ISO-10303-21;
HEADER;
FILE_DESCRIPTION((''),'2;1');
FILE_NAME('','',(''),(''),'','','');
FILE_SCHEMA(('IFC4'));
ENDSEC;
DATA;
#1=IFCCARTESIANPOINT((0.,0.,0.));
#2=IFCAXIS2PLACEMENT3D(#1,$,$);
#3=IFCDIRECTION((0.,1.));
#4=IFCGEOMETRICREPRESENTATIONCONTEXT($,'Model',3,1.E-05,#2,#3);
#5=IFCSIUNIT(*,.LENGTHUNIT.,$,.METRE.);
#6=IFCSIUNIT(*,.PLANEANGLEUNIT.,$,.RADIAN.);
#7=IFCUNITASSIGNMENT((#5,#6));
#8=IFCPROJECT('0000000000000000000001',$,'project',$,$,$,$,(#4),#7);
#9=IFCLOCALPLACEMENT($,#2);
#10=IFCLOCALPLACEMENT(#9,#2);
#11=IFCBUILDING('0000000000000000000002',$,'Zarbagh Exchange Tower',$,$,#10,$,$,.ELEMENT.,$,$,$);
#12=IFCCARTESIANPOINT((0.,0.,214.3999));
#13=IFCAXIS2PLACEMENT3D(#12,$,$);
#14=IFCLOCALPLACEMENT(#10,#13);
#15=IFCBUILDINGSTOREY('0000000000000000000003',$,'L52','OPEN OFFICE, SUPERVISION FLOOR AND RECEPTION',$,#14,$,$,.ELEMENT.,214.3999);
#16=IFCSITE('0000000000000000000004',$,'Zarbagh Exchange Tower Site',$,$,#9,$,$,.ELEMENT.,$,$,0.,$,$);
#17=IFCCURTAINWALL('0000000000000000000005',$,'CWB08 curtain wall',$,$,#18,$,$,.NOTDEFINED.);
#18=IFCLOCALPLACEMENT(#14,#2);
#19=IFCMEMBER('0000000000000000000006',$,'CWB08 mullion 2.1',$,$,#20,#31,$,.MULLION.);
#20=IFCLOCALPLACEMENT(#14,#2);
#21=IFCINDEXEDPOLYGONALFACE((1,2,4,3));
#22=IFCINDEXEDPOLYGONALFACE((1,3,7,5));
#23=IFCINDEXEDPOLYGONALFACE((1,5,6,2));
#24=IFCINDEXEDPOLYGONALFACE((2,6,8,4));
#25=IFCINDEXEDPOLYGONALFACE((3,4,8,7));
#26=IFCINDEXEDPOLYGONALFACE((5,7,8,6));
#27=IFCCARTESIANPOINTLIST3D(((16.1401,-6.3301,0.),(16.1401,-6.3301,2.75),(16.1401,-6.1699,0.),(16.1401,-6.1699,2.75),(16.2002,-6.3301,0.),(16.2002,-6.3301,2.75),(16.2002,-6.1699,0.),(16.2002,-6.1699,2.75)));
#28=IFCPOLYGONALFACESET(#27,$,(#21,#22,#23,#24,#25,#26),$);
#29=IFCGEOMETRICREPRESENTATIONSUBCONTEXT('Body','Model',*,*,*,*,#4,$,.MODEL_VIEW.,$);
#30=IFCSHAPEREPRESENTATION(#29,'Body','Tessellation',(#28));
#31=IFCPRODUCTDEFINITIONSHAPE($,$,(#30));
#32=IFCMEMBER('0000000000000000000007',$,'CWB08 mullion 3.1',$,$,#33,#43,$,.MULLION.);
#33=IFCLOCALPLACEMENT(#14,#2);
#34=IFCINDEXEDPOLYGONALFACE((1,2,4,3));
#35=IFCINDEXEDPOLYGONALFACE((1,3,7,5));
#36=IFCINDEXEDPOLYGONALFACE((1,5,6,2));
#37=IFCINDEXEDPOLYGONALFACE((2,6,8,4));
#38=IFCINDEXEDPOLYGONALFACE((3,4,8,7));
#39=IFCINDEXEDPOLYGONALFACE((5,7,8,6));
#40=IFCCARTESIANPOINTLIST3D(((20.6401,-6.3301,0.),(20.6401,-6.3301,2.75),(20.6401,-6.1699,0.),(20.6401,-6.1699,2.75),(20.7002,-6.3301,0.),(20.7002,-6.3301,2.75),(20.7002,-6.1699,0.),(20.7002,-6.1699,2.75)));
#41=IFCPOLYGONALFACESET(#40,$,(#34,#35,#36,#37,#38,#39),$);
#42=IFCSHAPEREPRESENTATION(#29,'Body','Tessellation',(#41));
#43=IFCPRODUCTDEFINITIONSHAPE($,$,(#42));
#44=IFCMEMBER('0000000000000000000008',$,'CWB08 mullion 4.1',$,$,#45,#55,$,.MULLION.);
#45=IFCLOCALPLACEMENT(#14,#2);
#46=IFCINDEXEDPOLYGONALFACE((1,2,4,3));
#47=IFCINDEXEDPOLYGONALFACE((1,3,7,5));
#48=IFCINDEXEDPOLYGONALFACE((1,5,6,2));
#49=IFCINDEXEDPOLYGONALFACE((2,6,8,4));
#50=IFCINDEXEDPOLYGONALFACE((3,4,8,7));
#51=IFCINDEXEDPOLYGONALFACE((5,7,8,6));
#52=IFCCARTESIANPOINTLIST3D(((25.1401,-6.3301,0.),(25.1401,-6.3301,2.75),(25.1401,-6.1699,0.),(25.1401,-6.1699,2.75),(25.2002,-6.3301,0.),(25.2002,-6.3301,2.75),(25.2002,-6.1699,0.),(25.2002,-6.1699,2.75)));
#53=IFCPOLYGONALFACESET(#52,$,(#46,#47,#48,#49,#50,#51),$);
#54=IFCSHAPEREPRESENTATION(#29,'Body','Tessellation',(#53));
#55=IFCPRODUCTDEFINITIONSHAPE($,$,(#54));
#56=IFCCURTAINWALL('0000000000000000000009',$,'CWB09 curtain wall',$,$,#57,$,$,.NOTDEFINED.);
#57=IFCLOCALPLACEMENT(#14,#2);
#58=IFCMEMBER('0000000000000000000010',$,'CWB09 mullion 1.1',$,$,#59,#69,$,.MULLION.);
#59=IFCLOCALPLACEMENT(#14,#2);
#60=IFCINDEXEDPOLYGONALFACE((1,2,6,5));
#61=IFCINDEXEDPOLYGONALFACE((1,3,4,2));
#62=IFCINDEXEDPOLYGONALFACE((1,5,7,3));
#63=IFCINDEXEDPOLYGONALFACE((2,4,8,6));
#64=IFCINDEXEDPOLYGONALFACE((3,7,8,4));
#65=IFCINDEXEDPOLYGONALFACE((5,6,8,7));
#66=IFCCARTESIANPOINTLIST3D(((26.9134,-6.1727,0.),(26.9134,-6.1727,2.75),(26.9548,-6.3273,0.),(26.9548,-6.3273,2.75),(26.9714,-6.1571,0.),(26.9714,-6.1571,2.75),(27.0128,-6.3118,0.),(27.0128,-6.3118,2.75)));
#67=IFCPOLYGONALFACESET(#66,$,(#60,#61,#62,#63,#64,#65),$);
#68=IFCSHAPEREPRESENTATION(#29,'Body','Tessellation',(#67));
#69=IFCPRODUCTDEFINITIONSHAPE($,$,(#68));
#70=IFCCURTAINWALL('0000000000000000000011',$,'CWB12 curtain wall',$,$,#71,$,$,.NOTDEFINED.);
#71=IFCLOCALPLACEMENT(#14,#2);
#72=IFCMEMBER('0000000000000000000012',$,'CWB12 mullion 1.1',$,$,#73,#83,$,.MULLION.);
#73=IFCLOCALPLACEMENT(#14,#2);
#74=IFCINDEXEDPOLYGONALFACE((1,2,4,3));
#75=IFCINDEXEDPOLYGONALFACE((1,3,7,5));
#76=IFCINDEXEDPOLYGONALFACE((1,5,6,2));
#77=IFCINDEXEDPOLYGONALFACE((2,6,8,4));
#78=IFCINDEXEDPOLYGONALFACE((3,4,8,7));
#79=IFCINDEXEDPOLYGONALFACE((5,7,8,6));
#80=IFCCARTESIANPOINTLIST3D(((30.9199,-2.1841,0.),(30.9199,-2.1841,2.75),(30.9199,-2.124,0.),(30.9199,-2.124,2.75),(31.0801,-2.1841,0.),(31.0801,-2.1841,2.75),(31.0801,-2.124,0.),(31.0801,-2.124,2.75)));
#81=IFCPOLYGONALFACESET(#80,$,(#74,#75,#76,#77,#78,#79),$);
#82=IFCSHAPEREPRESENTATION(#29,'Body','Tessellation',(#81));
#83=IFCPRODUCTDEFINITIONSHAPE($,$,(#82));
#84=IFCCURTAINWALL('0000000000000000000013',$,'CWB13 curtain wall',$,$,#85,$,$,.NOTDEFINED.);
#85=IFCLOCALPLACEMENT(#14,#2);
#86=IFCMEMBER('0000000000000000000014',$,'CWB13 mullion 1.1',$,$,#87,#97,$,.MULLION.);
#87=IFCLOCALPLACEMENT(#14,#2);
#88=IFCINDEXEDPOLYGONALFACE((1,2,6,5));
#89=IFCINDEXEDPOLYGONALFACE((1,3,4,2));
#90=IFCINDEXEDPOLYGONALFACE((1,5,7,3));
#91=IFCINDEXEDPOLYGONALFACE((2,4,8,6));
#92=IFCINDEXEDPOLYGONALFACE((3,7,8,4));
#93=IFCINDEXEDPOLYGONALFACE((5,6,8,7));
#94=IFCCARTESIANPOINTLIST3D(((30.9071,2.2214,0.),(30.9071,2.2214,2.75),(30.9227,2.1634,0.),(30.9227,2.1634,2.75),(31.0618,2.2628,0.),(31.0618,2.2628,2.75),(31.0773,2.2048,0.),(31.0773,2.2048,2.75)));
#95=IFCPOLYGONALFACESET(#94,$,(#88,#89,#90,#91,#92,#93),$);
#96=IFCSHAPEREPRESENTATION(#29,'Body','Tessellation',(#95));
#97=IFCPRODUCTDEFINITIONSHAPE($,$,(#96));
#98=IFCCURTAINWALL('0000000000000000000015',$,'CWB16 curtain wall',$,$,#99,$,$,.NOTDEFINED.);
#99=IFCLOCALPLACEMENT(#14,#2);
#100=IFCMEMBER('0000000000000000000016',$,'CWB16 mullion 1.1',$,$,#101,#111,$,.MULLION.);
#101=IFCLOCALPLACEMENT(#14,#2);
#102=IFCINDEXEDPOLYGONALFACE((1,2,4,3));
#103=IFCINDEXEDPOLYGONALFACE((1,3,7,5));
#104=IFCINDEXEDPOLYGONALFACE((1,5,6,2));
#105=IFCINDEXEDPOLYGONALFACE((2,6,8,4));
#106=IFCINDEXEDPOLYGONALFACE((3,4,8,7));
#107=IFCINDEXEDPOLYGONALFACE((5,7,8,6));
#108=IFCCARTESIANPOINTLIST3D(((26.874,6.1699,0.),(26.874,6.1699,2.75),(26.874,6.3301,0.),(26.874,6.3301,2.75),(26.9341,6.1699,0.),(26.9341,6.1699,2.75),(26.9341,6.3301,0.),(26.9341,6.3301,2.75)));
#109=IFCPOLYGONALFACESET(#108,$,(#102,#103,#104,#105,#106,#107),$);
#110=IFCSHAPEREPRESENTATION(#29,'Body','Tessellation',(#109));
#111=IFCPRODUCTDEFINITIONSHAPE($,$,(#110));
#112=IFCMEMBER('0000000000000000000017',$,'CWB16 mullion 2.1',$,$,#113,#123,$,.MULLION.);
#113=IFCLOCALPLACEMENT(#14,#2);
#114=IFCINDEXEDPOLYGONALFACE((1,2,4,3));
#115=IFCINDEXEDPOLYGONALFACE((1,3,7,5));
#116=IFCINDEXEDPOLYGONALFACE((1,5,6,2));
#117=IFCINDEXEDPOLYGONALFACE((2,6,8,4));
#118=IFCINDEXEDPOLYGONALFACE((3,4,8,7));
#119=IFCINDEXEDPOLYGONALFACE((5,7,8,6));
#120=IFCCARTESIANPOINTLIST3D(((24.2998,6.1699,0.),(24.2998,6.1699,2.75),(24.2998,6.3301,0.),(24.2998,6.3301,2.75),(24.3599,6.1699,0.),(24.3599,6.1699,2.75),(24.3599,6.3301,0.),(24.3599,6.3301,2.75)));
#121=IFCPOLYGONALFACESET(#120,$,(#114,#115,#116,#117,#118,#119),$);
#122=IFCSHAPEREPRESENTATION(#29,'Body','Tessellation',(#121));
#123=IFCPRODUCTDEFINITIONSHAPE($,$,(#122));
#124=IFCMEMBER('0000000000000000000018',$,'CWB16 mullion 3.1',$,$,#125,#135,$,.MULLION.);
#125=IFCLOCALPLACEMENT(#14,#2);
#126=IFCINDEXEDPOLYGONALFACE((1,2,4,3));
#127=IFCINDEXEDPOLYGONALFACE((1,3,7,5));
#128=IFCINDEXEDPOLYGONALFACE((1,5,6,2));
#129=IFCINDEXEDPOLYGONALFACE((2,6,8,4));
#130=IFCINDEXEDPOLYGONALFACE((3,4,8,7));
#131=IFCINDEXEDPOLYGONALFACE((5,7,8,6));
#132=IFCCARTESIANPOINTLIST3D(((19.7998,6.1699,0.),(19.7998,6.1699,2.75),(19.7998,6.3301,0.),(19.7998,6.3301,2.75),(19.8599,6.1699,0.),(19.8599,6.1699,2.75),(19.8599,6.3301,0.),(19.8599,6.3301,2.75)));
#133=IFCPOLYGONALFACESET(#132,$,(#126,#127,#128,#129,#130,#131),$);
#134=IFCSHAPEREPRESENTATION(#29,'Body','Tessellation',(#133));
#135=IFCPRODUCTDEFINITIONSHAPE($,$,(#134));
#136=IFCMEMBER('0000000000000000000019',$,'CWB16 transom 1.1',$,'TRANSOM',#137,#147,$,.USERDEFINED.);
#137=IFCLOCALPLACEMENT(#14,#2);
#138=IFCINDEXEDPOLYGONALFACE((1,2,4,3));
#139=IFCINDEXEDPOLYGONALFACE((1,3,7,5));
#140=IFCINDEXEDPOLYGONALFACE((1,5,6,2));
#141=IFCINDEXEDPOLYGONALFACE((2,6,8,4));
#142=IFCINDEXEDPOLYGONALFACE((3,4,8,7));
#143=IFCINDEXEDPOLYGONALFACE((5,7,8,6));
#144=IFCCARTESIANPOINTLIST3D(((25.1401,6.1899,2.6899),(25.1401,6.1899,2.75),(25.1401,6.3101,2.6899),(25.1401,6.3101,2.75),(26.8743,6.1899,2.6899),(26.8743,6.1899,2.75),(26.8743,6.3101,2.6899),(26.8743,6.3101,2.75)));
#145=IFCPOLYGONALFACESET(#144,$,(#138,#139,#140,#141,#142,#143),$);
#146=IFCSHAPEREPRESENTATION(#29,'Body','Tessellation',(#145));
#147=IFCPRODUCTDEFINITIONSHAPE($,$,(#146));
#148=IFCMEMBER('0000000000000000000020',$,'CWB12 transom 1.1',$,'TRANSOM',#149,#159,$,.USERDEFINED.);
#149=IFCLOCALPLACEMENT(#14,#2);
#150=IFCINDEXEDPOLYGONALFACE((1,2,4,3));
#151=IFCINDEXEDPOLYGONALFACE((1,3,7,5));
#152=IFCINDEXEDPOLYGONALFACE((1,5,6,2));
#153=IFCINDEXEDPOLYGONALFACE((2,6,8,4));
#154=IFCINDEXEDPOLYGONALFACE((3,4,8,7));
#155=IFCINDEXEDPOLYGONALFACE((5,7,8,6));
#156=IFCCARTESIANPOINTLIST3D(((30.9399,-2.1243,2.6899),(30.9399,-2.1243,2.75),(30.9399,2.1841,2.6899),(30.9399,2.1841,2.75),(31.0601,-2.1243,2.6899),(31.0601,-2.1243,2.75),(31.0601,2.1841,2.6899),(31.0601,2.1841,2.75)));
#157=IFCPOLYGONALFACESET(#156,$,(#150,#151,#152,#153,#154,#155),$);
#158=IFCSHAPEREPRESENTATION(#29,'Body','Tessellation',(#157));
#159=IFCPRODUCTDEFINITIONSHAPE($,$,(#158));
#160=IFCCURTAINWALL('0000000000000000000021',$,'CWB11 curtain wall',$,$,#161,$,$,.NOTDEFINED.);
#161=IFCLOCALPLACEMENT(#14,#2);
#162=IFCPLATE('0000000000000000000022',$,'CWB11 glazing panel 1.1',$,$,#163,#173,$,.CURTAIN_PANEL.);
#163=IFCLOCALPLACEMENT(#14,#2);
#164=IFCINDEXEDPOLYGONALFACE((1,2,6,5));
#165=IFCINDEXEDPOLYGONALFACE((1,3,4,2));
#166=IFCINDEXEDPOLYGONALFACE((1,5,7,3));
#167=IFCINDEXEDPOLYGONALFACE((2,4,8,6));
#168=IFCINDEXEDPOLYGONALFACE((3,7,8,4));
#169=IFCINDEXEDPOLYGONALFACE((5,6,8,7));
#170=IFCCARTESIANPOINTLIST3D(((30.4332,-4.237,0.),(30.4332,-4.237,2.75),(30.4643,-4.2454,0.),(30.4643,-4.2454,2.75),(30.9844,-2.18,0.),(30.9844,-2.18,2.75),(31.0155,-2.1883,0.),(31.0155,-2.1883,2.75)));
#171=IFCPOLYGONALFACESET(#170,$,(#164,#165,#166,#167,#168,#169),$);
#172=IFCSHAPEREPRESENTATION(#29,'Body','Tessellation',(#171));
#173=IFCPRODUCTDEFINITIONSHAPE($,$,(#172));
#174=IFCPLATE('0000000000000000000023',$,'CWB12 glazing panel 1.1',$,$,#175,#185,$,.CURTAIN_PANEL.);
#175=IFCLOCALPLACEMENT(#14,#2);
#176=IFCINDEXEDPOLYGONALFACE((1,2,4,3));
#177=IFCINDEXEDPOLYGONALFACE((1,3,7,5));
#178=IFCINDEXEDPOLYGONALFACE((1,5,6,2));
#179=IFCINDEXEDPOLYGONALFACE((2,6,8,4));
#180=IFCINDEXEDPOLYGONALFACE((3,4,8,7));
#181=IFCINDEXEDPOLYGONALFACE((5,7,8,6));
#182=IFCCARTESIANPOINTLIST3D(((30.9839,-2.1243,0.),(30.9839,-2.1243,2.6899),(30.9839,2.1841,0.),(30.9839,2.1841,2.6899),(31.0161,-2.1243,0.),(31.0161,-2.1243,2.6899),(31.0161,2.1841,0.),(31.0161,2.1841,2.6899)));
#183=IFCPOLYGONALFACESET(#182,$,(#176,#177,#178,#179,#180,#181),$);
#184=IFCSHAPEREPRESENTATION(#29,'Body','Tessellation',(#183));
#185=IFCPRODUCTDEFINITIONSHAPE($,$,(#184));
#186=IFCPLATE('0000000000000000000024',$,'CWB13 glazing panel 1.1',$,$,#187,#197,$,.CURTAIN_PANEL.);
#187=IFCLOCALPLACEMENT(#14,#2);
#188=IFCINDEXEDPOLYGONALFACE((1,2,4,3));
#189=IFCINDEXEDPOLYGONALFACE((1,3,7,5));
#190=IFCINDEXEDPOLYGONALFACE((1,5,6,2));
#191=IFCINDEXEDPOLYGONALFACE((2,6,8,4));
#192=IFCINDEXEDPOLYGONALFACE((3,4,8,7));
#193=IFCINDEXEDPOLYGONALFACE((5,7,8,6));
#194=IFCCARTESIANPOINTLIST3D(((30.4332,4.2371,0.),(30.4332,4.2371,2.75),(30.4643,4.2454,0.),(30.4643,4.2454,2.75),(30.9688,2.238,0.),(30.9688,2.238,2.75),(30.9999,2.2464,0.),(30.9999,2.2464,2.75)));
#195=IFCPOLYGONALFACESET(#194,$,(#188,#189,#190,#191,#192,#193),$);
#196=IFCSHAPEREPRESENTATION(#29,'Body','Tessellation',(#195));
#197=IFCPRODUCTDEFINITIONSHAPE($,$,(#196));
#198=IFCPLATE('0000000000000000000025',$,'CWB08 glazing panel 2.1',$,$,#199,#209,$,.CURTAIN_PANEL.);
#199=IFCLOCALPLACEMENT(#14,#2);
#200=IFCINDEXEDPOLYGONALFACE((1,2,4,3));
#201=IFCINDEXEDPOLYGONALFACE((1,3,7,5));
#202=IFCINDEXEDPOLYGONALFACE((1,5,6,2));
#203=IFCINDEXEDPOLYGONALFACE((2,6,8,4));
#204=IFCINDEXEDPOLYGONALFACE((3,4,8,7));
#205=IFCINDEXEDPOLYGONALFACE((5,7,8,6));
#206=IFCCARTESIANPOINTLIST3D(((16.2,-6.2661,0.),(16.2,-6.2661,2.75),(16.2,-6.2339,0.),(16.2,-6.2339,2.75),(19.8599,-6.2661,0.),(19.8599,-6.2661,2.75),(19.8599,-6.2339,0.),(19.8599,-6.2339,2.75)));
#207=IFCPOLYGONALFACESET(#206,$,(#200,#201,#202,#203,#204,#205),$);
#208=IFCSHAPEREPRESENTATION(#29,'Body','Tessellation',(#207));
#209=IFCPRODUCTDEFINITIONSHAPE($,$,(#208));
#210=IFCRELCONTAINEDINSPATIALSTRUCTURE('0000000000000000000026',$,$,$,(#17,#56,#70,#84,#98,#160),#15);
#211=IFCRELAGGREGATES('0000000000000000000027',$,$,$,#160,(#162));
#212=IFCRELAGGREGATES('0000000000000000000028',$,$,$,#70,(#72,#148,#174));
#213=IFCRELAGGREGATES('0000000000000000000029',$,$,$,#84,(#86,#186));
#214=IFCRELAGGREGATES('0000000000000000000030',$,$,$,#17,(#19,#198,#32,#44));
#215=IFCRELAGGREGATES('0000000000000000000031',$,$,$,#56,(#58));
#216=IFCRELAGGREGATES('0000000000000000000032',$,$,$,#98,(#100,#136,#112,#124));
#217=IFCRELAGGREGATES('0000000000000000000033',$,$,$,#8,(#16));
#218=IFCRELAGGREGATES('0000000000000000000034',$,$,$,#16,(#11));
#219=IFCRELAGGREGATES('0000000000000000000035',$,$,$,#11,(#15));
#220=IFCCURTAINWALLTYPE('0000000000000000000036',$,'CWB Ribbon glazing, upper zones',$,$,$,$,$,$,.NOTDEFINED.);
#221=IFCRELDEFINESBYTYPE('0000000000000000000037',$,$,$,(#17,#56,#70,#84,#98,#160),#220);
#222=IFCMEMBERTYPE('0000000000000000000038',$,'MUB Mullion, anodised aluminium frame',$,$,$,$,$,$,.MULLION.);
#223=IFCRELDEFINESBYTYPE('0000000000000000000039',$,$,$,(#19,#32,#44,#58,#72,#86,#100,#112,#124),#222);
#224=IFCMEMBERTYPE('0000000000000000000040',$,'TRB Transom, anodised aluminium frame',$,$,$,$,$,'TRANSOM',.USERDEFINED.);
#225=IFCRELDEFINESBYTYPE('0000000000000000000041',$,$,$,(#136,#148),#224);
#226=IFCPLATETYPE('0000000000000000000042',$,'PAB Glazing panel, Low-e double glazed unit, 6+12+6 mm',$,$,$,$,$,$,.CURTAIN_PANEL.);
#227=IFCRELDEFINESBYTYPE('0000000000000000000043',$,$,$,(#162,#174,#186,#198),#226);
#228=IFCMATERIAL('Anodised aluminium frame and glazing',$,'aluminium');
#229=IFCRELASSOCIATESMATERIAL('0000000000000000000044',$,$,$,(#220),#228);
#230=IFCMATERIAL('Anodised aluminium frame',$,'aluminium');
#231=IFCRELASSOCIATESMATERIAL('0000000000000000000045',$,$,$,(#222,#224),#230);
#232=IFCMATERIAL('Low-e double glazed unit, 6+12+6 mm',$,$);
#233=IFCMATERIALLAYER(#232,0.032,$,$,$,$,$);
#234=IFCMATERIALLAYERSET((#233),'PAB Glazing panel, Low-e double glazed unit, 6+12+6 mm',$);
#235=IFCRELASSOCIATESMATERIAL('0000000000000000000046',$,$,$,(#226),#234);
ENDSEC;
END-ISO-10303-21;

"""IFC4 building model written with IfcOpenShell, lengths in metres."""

from ifc_helpers import new_model, si_unit, direction, frame, origin, place, context, subcontext, project, spatial, polyline, outline, extrude, source, transform, mapped, material, layer, layer_set, type_object, element, aggregate, save


model = new_model("IFC4")

# Units and contexts
model_context = context("Model", 3, precision=1e-05, world=origin(), true_north=direction((0.0, 1.0)))
body_context = subcontext(model_context, "Body", "Model", "MODEL_VIEW")
ifc_project = project(units=[si_unit("LENGTHUNIT", "METRE"), si_unit("PLANEANGLEUNIT", "RADIAN")], contexts=[model_context])

# Site, building, storey
site_placement = place(None, origin())
site = spatial("IfcSite", under=ifc_project, at=site_placement, Name="Zarbagh Exchange Tower Site", CompositionType="ELEMENT", RefElevation=0.0)
building_placement = place(site_placement, origin())
building = spatial("IfcBuilding", under=site, at=building_placement, Name="Zarbagh Exchange Tower", CompositionType="ELEMENT")
storey_placement = place(building_placement, frame((0.0, 0.0, 214.3999)))
storey = spatial("IfcBuildingStorey", under=building, at=storey_placement, Name="L52", Description="OPEN OFFICE, SUPERVISION FLOOR AND RECEPTION", CompositionType="ELEMENT", Elevation=214.3999)

# Curtain wall, members
ifc_material_1 = material(Name="Anodised aluminium frame and glazing", Category="aluminium")
curtain_wall_type = type_object("IfcCurtainWallType", Name="CWB Ribbon glazing, upper zones", PredefinedType="NOTDEFINED", material=ifc_material_1)
curtain_wall_1_placement = place(storey_placement, origin())
curtain_wall_1 = element("IfcCurtainWall", 1, at=curtain_wall_1_placement, inside=storey, type_object=curtain_wall_type, Name="CWB08 curtain wall", PredefinedType="NOTDEFINED")
ifc_material_2 = material(Name="Anodised aluminium frame", Category="aluminium")
member_type_1 = type_object("IfcMemberType", Name="MUB Mullion, anodised aluminium frame", PredefinedType="MULLION", material=ifc_material_2)
shared_shape_1 = source(origin(), body_context, "Body", "SweptSolid", [
    extrude(outline(polyline([(0.0, -0.0801), (0.0601, -0.0801), (0.0601, 0.0801), (0.0, 0.0801), (0.0, -0.0801)])), origin(), (0.0, 0.0, 1.0), 2.75),
])
placement = place(storey_placement, origin())
member_1 = element("IfcMember", 2, at=placement, type_object=member_type_1, Name="CWB08 mullion 2.1", PredefinedType="MULLION", context=body_context, shape_type="MappedRepresentation", body=[
    mapped(shared_shape_1, transform((16.1401, -6.25, 0.0), x_axis=(1.0, 0.0, 0.0), y_axis=(0.0, 1.0, 0.0), z_axis=(0.0, 0.0, 1.0))),
])
member_2 = element("IfcMember", 3, at=placement, type_object=member_type_1, Name="CWB08 mullion 3.1", PredefinedType="MULLION", context=body_context, shape_type="MappedRepresentation", body=[
    mapped(shared_shape_1, transform((20.6401, -6.25, 0.0), x_axis=(1.0, 0.0, 0.0), y_axis=(0.0, 1.0, 0.0), z_axis=(0.0, 0.0, 1.0))),
])
member_3 = element("IfcMember", 4, at=placement, type_object=member_type_1, Name="CWB08 mullion 4.1", PredefinedType="MULLION", context=body_context, shape_type="MappedRepresentation", body=[
    mapped(shared_shape_1, transform((25.1401, -6.25, 0.0), x_axis=(1.0, 0.0, 0.0), y_axis=(0.0, 1.0, 0.0), z_axis=(0.0, 0.0, 1.0))),
])

# Curtain walls, members
curtain_wall_2_placement = place(storey_placement, origin())
curtain_wall_2 = element("IfcCurtainWall", 5, at=curtain_wall_2_placement, inside=storey, type_object=curtain_wall_type, Name="CWB09 curtain wall", PredefinedType="NOTDEFINED")
member_4 = element("IfcMember", 6, at=placement, type_object=member_type_1, Name="CWB09 mullion 1.1", PredefinedType="MULLION", context=body_context, shape_type="MappedRepresentation", body=[
    mapped(shared_shape_1, transform((26.9341, -6.25, 0.0), x_axis=(0.965924, 0.258825, 0.0), y_axis=(-0.258825, 0.965924, 0.0), z_axis=(0.0, 0.0, 1.0))),
])
curtain_wall_3_placement = place(storey_placement, origin())
curtain_wall_3 = element("IfcCurtainWall", 7, at=curtain_wall_3_placement, inside=storey, type_object=curtain_wall_type, Name="CWB12 curtain wall", PredefinedType="NOTDEFINED")
member_5 = element("IfcMember", 8, at=placement, type_object=member_type_1, Name="CWB12 mullion 1.1", PredefinedType="MULLION", context=body_context, shape_type="MappedRepresentation", body=[
    mapped(shared_shape_1, transform((31.0, -2.1841, 0.0), x_axis=(0.0, 1.0, 0.0), y_axis=(-1.0, 0.0, 0.0), z_axis=(0.0, 0.0, 1.0))),
])
curtain_wall_4_placement = place(storey_placement, origin())
curtain_wall_4 = element("IfcCurtainWall", 9, at=curtain_wall_4_placement, inside=storey, type_object=curtain_wall_type, Name="CWB13 curtain wall", PredefinedType="NOTDEFINED")
member_6 = element("IfcMember", 10, at=placement, type_object=member_type_1, Name="CWB13 mullion 1.1", PredefinedType="MULLION", context=body_context, shape_type="MappedRepresentation", body=[
    mapped(shared_shape_1, transform((31.0, 2.1841, 0.0), x_axis=(-0.258825, 0.965924, 0.0), y_axis=(-0.965924, -0.258825, 0.0), z_axis=(0.0, 0.0, 1.0))),
])

# Curtain wall, members
curtain_wall_5_placement = place(storey_placement, origin())
curtain_wall_5 = element("IfcCurtainWall", 11, at=curtain_wall_5_placement, inside=storey, type_object=curtain_wall_type, Name="CWB16 curtain wall", PredefinedType="NOTDEFINED")
member_7 = element("IfcMember", 12, at=placement, type_object=member_type_1, Name="CWB16 mullion 1.1", PredefinedType="MULLION", context=body_context, shape_type="MappedRepresentation", body=[
    mapped(shared_shape_1, transform((26.9341, 6.25, 0.0), x_axis=(-1.0, 0.0, 0.0), y_axis=(0.0, -1.0, 0.0), z_axis=(0.0, 0.0, 1.0))),
])
member_8 = element("IfcMember", 13, at=placement, type_object=member_type_1, Name="CWB16 mullion 2.1", PredefinedType="MULLION", context=body_context, shape_type="MappedRepresentation", body=[
    mapped(shared_shape_1, transform((24.3599, 6.25, 0.0), x_axis=(-1.0, 0.0, 0.0), y_axis=(0.0, -1.0, 0.0), z_axis=(0.0, 0.0, 1.0))),
])
member_9 = element("IfcMember", 14, at=placement, type_object=member_type_1, Name="CWB16 mullion 3.1", PredefinedType="MULLION", context=body_context, shape_type="MappedRepresentation", body=[
    mapped(shared_shape_1, transform((19.8599, 6.25, 0.0), x_axis=(-1.0, 0.0, 0.0), y_axis=(0.0, -1.0, 0.0), z_axis=(0.0, 0.0, 1.0))),
])
member_type_2 = type_object("IfcMemberType", Name="TRB Transom, anodised aluminium frame", ElementType="TRANSOM", PredefinedType="USERDEFINED", material=ifc_material_2)
shared_shape_2 = source(origin(), body_context, "Body", "SweptSolid", [
    extrude(outline(polyline([(-0.0601, -0.0601), (0.0, -0.0601), (0.0, 0.0601), (-0.0601, 0.0601), (-0.0601, -0.0601)])), origin(), (0.0, 0.0, 1.0), 1.7341),
])
member_10 = element("IfcMember", 15, at=placement, type_object=member_type_2, Name="CWB16 transom 1.1", ObjectType="TRANSOM", PredefinedType="USERDEFINED", context=body_context, shape_type="MappedRepresentation", body=[
    mapped(shared_shape_2, transform((26.8743, 6.25, 2.75), x_axis=(0.0, 0.0, 1.0), y_axis=(0.0, 1.0, 0.0), z_axis=(-1.0, 0.0, 0.0))),
])

# Member
shared_shape_3 = source(origin(), body_context, "Body", "SweptSolid", [
    extrude(outline(polyline([(-0.0601, -0.0601), (0.0, -0.0601), (0.0, 0.0601), (-0.0601, 0.0601), (-0.0601, -0.0601)])), origin(), (0.0, 0.0, 1.0), 4.3083),
])
member_11 = element("IfcMember", 16, at=placement, type_object=member_type_2, Name="CWB12 transom 1.1", ObjectType="TRANSOM", PredefinedType="USERDEFINED", context=body_context, shape_type="MappedRepresentation", body=[
    mapped(shared_shape_3, transform((31.0, -2.1243, 2.75), x_axis=(0.0, 0.0, 1.0), y_axis=(1.0, 0.0, 0.0), z_axis=(0.0, 1.0, 0.0))),
])

# Curtain wall, plate
curtain_wall_6_placement = place(storey_placement, origin())
curtain_wall_6 = element("IfcCurtainWall", 17, at=curtain_wall_6_placement, inside=storey, type_object=curtain_wall_type, Name="CWB11 curtain wall", PredefinedType="NOTDEFINED")
ifc_material_3 = material(Name="Low-e double glazed unit, 6+12+6 mm")
ifc_layer = layer(ifc_material_3, 0.032)
ifc_layer_set = layer_set([ifc_layer], Name="PAB Glazing panel, Low-e double glazed unit, 6+12+6 mm")
plate_type = type_object("IfcPlateType", Name="PAB Glazing panel, Low-e double glazed unit, 6+12+6 mm", PredefinedType="CURTAIN_PANEL", material=ifc_layer_set)
shared_shape_4 = source(origin(), body_context, "Body", "SweptSolid", [
    extrude(outline(polyline([(0.0, -0.0161), (2.1296, -0.0161), (2.1296, 0.0161), (0.0, 0.0161), (0.0, -0.0161)])), origin(), (0.0, 0.0, 1.0), 2.75),
])
plate_1 = element("IfcPlate", 18, at=placement, type_object=plate_type, Name="CWB11 glazing panel 1.1", PredefinedType="CURTAIN_PANEL", context=body_context, shape_type="MappedRepresentation", body=[
    mapped(shared_shape_4, transform((30.4487, -4.2412, 0.0), x_axis=(0.258825, 0.965924, 0.0), y_axis=(-0.965924, 0.258825, 0.0), z_axis=(0.0, 0.0, 1.0))),
])
aggregate(curtain_wall_6, [plate_1])

# Plates
shared_shape_5 = source(origin(), body_context, "Body", "SweptSolid", [
    extrude(outline(polyline([(0.0, -0.0161), (4.3083, -0.0161), (4.3083, 0.0161), (0.0, 0.0161), (0.0, -0.0161)])), origin(), (0.0, 0.0, 1.0), 2.6899),
])
plate_2 = element("IfcPlate", 19, at=placement, type_object=plate_type, Name="CWB12 glazing panel 1.1", PredefinedType="CURTAIN_PANEL", context=body_context, shape_type="MappedRepresentation", body=[
    mapped(shared_shape_5, transform((31.0, -2.1243, 0.0), x_axis=(0.0, 1.0, 0.0), y_axis=(-1.0, 0.0, 0.0), z_axis=(0.0, 0.0, 1.0))),
])
aggregate(curtain_wall_3, [member_5, member_11, plate_2])
shared_shape_6 = source(origin(), body_context, "Body", "SweptSolid", [
    extrude(outline(polyline([(0.0, -0.0161), (2.0696, -0.0161), (2.0696, 0.0161), (0.0, 0.0161), (0.0, -0.0161)])), origin(), (0.0, 0.0, 1.0), 2.75),
])
plate_3 = element("IfcPlate", 20, at=placement, type_object=plate_type, Name="CWB13 glazing panel 1.1", PredefinedType="CURTAIN_PANEL", context=body_context, shape_type="MappedRepresentation", body=[
    mapped(shared_shape_6, transform((30.9844, 2.2422, 0.0), x_axis=(-0.258825, 0.965924, 0.0), y_axis=(-0.965924, -0.258825, 0.0), z_axis=(0.0, 0.0, 1.0))),
])
aggregate(curtain_wall_4, [member_6, plate_3])
shared_shape_7 = source(origin(), body_context, "Body", "SweptSolid", [
    extrude(outline(polyline([(0.0, -0.0161), (3.6599, -0.0161), (3.6599, 0.0161), (0.0, 0.0161), (0.0, -0.0161)])), origin(), (0.0, 0.0, 1.0), 2.75),
])
plate_4 = element("IfcPlate", 21, at=placement, type_object=plate_type, Name="CWB08 glazing panel 2.1", PredefinedType="CURTAIN_PANEL", context=body_context, shape_type="MappedRepresentation", body=[
    mapped(shared_shape_7, transform((16.2, -6.25, 0.0), x_axis=(1.0, 0.0, 0.0), y_axis=(0.0, 1.0, 0.0), z_axis=(0.0, 0.0, 1.0))),
])
aggregate(curtain_wall_1, [member_1, plate_4, member_2, member_3])
aggregate(curtain_wall_2, [member_4])

aggregate(curtain_wall_5, [member_7, member_10, member_8, member_9])

save(model, "model.ifc")
